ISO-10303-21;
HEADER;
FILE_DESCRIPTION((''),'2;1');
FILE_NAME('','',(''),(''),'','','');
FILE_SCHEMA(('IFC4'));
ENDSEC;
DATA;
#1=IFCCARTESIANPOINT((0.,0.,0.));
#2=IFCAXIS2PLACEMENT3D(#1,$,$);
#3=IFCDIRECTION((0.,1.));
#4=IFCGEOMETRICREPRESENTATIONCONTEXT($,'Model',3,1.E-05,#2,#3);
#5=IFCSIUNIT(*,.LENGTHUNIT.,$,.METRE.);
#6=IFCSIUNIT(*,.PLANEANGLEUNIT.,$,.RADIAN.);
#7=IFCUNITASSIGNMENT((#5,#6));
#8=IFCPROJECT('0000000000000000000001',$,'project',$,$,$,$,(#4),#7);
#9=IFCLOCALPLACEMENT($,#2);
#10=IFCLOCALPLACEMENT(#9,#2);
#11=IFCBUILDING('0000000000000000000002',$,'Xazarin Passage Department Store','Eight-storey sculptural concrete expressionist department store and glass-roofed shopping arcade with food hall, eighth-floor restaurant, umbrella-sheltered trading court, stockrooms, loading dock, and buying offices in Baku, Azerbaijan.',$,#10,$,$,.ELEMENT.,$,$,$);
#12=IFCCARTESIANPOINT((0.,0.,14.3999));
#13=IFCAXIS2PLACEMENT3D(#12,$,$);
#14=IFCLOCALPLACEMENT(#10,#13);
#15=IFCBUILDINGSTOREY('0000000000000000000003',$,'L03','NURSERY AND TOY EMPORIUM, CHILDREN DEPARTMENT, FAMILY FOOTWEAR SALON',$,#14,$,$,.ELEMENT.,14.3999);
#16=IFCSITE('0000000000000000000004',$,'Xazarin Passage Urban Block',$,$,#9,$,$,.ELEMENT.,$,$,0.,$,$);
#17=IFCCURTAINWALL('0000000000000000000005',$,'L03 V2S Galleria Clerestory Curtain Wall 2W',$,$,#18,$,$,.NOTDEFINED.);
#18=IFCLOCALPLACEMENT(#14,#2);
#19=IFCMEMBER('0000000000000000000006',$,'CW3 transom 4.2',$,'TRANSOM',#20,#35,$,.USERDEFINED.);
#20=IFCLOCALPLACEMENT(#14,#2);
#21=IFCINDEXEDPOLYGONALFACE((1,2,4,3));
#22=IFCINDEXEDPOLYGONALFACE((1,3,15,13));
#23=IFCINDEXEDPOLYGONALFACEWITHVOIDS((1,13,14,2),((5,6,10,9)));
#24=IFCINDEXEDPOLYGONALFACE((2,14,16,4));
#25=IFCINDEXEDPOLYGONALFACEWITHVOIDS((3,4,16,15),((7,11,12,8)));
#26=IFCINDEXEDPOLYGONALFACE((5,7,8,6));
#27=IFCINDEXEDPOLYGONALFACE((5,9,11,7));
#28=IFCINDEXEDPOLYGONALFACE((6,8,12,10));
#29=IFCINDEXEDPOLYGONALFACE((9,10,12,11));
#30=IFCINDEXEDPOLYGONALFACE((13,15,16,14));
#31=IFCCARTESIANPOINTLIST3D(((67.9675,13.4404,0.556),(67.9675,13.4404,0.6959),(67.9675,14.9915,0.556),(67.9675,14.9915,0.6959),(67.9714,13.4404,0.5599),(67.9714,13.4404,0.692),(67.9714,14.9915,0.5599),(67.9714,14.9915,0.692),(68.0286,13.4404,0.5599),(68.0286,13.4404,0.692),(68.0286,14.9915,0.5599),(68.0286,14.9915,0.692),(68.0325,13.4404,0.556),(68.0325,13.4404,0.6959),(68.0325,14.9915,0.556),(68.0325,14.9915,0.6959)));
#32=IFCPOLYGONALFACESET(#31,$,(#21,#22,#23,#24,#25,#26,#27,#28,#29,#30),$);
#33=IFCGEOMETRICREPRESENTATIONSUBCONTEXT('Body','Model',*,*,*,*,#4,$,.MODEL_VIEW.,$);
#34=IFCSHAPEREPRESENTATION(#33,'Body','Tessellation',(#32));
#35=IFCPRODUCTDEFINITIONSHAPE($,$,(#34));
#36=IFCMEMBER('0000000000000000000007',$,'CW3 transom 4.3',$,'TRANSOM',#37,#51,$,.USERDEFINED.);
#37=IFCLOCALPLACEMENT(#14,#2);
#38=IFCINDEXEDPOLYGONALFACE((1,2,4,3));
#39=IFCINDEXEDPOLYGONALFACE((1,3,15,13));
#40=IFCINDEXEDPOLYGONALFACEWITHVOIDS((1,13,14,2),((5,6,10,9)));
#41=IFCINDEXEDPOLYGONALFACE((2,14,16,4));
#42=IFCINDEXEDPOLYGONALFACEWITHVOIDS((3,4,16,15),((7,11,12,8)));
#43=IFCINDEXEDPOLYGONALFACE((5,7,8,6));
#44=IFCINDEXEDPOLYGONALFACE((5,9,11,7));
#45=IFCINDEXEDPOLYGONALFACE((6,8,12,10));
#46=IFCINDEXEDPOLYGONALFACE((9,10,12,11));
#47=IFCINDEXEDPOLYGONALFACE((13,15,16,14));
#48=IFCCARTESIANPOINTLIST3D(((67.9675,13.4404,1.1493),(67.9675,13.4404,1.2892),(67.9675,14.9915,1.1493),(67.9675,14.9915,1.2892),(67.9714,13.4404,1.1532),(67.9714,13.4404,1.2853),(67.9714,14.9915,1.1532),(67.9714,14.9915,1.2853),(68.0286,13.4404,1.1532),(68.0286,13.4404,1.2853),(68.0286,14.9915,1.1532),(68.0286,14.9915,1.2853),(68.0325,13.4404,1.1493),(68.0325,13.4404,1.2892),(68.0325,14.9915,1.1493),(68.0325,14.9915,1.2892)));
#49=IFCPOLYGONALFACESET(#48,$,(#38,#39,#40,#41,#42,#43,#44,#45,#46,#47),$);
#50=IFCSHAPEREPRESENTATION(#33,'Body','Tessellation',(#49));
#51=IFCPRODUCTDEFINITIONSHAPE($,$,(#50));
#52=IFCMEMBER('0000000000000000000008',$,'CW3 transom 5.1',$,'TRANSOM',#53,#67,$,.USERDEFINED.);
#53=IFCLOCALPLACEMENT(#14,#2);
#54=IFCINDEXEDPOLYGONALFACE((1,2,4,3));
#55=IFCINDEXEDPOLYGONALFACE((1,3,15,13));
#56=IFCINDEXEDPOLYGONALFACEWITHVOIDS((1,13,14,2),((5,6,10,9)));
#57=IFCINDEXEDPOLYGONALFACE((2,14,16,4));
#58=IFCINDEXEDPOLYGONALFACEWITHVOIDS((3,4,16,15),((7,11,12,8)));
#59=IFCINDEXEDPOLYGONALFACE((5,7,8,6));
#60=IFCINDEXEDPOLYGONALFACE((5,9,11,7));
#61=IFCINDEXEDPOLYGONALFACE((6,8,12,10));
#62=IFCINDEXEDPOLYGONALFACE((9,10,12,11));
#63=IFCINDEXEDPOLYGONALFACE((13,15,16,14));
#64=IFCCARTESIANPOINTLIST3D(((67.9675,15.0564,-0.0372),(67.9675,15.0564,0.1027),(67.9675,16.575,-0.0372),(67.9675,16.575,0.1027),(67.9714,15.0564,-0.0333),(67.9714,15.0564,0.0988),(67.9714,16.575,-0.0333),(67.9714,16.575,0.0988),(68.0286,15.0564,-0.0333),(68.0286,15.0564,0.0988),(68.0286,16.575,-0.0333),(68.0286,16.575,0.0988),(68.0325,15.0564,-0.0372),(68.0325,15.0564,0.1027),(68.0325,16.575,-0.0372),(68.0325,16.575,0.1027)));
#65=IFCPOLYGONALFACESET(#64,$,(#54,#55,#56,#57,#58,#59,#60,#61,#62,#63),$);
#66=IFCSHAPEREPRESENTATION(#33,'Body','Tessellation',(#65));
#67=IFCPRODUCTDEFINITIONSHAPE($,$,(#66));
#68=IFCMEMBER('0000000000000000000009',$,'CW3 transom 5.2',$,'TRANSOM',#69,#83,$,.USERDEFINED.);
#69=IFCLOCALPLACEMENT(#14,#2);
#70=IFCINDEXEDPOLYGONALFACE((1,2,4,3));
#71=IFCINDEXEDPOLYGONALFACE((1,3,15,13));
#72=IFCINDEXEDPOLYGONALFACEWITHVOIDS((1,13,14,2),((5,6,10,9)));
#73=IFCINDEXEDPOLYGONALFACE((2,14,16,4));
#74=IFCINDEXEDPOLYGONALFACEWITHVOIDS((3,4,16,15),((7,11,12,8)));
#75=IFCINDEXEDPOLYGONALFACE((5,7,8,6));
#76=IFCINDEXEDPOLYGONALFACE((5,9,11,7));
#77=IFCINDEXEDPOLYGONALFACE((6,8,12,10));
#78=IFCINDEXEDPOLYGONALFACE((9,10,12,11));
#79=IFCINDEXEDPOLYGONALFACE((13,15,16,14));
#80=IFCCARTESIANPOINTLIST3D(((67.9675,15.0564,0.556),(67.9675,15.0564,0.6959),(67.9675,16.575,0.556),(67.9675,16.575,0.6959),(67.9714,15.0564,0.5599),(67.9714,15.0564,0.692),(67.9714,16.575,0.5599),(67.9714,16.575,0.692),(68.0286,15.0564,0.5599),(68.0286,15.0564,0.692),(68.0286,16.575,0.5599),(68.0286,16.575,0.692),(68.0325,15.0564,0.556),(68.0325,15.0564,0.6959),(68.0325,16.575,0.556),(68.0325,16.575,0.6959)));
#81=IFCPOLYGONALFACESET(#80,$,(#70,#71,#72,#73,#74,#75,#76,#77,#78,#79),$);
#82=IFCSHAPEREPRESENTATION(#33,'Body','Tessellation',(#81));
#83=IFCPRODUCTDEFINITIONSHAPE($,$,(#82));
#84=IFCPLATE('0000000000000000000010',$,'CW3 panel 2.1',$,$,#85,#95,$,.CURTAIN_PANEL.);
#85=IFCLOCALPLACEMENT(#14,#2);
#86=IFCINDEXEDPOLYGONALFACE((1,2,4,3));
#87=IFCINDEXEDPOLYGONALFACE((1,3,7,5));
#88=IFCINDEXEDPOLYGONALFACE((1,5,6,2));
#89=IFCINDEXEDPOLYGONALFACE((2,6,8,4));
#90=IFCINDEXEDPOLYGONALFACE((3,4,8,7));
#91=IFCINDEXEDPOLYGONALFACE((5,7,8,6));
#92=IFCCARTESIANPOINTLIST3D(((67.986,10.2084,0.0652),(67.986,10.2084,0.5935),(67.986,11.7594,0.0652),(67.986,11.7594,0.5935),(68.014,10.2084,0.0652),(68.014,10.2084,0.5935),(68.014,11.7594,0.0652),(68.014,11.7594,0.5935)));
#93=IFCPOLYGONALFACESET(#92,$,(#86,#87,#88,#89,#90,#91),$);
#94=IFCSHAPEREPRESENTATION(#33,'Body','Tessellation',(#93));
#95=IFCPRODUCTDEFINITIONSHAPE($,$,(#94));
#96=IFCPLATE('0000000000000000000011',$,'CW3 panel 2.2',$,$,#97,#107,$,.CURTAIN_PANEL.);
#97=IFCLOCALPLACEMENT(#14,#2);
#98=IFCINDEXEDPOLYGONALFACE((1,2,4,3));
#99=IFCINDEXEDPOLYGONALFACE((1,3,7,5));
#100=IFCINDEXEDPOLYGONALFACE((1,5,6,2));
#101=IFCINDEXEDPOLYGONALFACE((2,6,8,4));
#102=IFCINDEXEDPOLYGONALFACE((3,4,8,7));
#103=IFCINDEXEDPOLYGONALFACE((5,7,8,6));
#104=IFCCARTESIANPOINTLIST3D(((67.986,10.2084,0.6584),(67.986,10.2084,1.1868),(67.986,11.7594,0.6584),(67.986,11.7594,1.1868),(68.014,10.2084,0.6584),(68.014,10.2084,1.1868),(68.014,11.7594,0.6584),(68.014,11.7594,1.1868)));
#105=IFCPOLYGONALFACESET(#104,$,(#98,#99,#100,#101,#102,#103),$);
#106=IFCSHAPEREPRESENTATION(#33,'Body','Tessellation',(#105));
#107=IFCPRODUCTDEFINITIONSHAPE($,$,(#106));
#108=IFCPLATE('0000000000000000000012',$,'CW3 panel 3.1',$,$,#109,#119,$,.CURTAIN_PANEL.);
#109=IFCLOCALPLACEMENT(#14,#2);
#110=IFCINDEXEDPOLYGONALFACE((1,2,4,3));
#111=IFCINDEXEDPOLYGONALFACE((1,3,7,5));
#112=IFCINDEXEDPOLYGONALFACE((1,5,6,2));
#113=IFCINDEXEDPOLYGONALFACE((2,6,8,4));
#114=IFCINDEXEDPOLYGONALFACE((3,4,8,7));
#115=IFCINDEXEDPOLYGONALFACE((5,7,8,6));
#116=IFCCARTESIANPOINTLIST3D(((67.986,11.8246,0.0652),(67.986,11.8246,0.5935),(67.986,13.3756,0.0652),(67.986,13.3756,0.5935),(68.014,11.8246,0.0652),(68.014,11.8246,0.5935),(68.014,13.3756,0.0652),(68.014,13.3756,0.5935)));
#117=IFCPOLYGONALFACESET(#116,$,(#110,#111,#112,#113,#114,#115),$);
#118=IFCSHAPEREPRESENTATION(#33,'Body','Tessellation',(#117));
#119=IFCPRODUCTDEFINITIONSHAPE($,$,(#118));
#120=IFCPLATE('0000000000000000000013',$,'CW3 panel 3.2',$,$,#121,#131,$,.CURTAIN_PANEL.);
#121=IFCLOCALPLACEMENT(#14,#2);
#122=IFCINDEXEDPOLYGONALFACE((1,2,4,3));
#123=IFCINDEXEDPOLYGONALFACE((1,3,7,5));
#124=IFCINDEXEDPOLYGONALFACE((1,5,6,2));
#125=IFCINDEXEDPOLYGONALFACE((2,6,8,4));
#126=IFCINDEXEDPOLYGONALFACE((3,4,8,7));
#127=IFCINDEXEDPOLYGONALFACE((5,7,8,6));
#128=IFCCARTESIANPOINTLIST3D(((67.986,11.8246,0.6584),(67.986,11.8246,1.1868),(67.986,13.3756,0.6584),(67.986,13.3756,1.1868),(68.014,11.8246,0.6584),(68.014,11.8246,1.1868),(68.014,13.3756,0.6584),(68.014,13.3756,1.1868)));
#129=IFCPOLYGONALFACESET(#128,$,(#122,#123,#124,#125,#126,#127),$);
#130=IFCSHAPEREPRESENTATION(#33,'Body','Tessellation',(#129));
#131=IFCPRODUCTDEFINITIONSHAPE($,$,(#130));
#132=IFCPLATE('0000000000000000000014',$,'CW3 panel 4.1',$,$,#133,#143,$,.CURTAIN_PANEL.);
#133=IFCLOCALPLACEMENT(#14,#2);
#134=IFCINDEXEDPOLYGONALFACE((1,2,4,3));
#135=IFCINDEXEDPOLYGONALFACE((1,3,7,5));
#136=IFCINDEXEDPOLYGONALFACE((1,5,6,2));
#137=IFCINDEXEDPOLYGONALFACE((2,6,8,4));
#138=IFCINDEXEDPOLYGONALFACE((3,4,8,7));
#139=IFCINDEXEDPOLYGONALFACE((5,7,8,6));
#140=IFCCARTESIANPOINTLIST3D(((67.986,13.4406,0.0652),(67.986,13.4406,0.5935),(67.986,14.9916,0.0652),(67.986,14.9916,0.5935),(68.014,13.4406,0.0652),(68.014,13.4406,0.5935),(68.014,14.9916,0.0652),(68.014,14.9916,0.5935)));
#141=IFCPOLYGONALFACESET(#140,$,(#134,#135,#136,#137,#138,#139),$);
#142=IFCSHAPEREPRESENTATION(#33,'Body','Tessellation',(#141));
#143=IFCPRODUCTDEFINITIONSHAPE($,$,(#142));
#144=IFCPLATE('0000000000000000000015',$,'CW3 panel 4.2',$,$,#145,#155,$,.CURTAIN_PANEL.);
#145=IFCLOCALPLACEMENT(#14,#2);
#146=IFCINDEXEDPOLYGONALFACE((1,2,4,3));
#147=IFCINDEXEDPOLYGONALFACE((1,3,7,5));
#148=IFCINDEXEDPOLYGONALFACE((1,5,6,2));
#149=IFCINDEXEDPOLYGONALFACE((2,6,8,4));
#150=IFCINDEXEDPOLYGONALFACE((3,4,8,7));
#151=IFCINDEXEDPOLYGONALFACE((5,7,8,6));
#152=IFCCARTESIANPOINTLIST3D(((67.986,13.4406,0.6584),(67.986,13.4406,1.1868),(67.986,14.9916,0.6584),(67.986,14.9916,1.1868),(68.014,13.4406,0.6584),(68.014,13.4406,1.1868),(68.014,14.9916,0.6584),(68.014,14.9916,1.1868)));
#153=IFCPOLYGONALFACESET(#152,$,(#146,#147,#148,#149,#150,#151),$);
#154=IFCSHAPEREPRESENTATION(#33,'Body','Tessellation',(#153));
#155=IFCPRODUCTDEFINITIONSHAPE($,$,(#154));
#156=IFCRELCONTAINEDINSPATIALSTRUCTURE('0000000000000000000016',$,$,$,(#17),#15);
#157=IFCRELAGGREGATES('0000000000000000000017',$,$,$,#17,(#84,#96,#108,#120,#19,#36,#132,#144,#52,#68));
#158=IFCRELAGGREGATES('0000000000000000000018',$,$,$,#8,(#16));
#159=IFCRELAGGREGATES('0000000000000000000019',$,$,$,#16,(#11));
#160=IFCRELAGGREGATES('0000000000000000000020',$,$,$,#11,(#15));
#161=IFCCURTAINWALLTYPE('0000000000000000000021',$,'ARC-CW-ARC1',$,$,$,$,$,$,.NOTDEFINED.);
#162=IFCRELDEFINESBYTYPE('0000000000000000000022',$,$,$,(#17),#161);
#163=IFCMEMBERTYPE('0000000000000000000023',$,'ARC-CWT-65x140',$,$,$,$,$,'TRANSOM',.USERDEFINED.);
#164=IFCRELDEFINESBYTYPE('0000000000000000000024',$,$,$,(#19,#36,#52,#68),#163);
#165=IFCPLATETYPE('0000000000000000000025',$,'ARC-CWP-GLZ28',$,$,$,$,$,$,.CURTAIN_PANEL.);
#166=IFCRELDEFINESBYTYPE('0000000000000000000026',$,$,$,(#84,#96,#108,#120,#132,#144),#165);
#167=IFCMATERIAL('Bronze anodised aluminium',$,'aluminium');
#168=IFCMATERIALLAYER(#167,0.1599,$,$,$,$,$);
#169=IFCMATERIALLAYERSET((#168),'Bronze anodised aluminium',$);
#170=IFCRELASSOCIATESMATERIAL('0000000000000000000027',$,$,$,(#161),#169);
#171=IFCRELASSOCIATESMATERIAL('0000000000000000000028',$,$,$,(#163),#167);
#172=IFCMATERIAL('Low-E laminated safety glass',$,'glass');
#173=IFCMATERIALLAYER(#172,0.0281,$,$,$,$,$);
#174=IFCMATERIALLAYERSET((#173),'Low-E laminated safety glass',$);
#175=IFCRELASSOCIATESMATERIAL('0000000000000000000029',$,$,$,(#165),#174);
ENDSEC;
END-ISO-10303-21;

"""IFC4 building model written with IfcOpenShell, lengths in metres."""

from ifc_helpers import new_model, si_unit, direction, frame, origin, origin_2d, place, context, subcontext, project, spatial, rectangle, hollow_rectangle, extrude, material, layer, layer_set, material_profile, profile_set, type_object, element, aggregate, save


model = new_model("IFC4")

# Units and contexts
model_context = context("Model", 3, precision=1e-05, world=origin(), true_north=direction((0.0, 1.0)))
body_context = subcontext(model_context, "Body", "Model", "MODEL_VIEW")
ifc_project = project(units=[si_unit("LENGTHUNIT", "METRE"), si_unit("PLANEANGLEUNIT", "RADIAN")], contexts=[model_context])

# Site, building, storey
site_placement = place(None, origin())
site = spatial("IfcSite", under=ifc_project, at=site_placement, Name="Xazarin Passage Urban Block", CompositionType="ELEMENT", RefElevation=0.0)
building_placement = place(site_placement, origin())
building = spatial("IfcBuilding", under=site, at=building_placement, Name="Xazarin Passage Department Store", Description="Eight-storey sculptural concrete expressionist department store and glass-roofed shopping arcade with food hall, eighth-floor restaurant, umbrella-sheltered trading court, stockrooms, loading dock, and buying offices in Baku, Azerbaijan.", CompositionType="ELEMENT")
storey_placement = place(building_placement, frame((0.0, 0.0, 14.3999)))
storey = spatial("IfcBuildingStorey", under=building, at=storey_placement, Name="L03", Description="NURSERY AND TOY EMPORIUM, CHILDREN DEPARTMENT, FAMILY FOOTWEAR SALON", CompositionType="ELEMENT", Elevation=14.3999)

# Curtain wall, members, plates
ifc_material_1 = material(Name="Bronze anodised aluminium", Category="aluminium")
ifc_layer_1 = layer(ifc_material_1, 0.1599)
ifc_layer_set_1 = layer_set([ifc_layer_1], Name="Bronze anodised aluminium")
curtain_wall_type = type_object("IfcCurtainWallType", Name="ARC-CW-ARC1", PredefinedType="NOTDEFINED", material=ifc_layer_set_1)
curtain_wall_placement = place(storey_placement, origin())
curtain_wall = element("IfcCurtainWall", 1, at=curtain_wall_placement, inside=storey, type_object=curtain_wall_type, Name="L03 V2S Galleria Clerestory Curtain Wall 2W", PredefinedType="NOTDEFINED")
ifc_material_profile_1 = material_profile(ifc_material_1, hollow_rectangle(XDim=0.0649, YDim=0.1399, WallThickness=0.0039, at=origin_2d()), Name="ALU 65x140")
ifc_profile_set_1 = profile_set([ifc_material_profile_1], Name="Bronze anodised aluminium")
member_type_1 = type_object("IfcMemberType", Name="ARC-CWT-65x140", ElementType="TRANSOM", PredefinedType="USERDEFINED", material=ifc_profile_set_1)
member_1_placement = place(storey_placement, frame((68.0, 13.4404, 0.626), z_axis=(0.0, 1.0, 0.0), x_axis=(-1.0, 0.0, 0.0)))
member_1 = element("IfcMember", 2, at=member_1_placement, type_object=member_type_1, Name="CW3 transom 4.2", ObjectType="TRANSOM", PredefinedType="USERDEFINED", context=body_context, shape_type="SweptSolid", body=[
    extrude(hollow_rectangle(XDim=0.0649, YDim=0.1399, WallThickness=0.0039, at=origin_2d()), origin(), (0.0, 0.0, 1.0), 1.551),
])
member_2_placement = place(storey_placement, frame((68.0, 13.4404, 1.2192), z_axis=(0.0, 1.0, 0.0), x_axis=(-1.0, 0.0, 0.0)))
member_2 = element("IfcMember", 3, at=member_2_placement, type_object=member_type_1, Name="CW3 transom 4.3", ObjectType="TRANSOM", PredefinedType="USERDEFINED", context=body_context, shape_type="SweptSolid", body=[
    extrude(hollow_rectangle(XDim=0.0649, YDim=0.1399, WallThickness=0.0039, at=origin_2d()), origin(), (0.0, 0.0, 1.0), 1.551),
])
member_3_placement = place(storey_placement, frame((68.0, 15.0564, 0.0327), z_axis=(0.0, 1.0, 0.0), x_axis=(-1.0, 0.0, 0.0)))
member_3 = element("IfcMember", 4, at=member_3_placement, type_object=member_type_1, Name="CW3 transom 5.1", ObjectType="TRANSOM", PredefinedType="USERDEFINED", context=body_context, shape_type="SweptSolid", body=[
    extrude(hollow_rectangle(XDim=0.0649, YDim=0.1399, WallThickness=0.0039, at=origin_2d()), origin(), (0.0, 0.0, 1.0), 1.5186),
])
member_4_placement = place(storey_placement, frame((68.0, 15.0564, 0.626), z_axis=(0.0, 1.0, 0.0), x_axis=(-1.0, 0.0, 0.0)))
member_4 = element("IfcMember", 5, at=member_4_placement, type_object=member_type_1, Name="CW3 transom 5.2", ObjectType="TRANSOM", PredefinedType="USERDEFINED", context=body_context, shape_type="SweptSolid", body=[
    extrude(hollow_rectangle(XDim=0.0649, YDim=0.1399, WallThickness=0.0039, at=origin_2d()), origin(), (0.0, 0.0, 1.0), 1.5186),
])
ifc_material_2 = material(Name="Low-E laminated safety glass", Category="glass")
ifc_layer_2 = layer(ifc_material_2, 0.0281)
ifc_layer_set_2 = layer_set([ifc_layer_2], Name="Low-E laminated safety glass")
plate_type = type_object("IfcPlateType", Name="ARC-CWP-GLZ28", PredefinedType="CURTAIN_PANEL", material=ifc_layer_set_2)
plate_1_placement = place(storey_placement, frame((68.0, 10.9839, 0.0652), z_axis=(0.0, 0.0, 1.0), x_axis=(0.0, 1.0, 0.0)))
plate_1 = element("IfcPlate", 6, at=plate_1_placement, type_object=plate_type, Name="CW3 panel 2.1", PredefinedType="CURTAIN_PANEL", context=body_context, shape_type="SweptSolid", body=[
    extrude(rectangle(XDim=1.551, YDim=0.0281, at=origin_2d()), origin(), (0.0, 0.0, 1.0), 0.5283),
])
plate_2_placement = place(storey_placement, frame((68.0, 10.9839, 0.6584), z_axis=(0.0, 0.0, 1.0), x_axis=(0.0, 1.0, 0.0)))
plate_2 = element("IfcPlate", 7, at=plate_2_placement, type_object=plate_type, Name="CW3 panel 2.2", PredefinedType="CURTAIN_PANEL", context=body_context, shape_type="SweptSolid", body=[
    extrude(rectangle(XDim=1.551, YDim=0.0281, at=origin_2d()), origin(), (0.0, 0.0, 1.0), 0.5283),
])
plate_3_placement = place(storey_placement, frame((68.0, 12.6001, 0.0652), z_axis=(0.0, 0.0, 1.0), x_axis=(0.0, 1.0, 0.0)))
plate_3 = element("IfcPlate", 8, at=plate_3_placement, type_object=plate_type, Name="CW3 panel 3.1", PredefinedType="CURTAIN_PANEL", context=body_context, shape_type="SweptSolid", body=[
    extrude(rectangle(XDim=1.551, YDim=0.0281, at=origin_2d()), origin(), (0.0, 0.0, 1.0), 0.5283),
])
plate_4_placement = place(storey_placement, frame((68.0, 12.6001, 0.6584), z_axis=(0.0, 0.0, 1.0), x_axis=(0.0, 1.0, 0.0)))
plate_4 = element("IfcPlate", 9, at=plate_4_placement, type_object=plate_type, Name="CW3 panel 3.2", PredefinedType="CURTAIN_PANEL", context=body_context, shape_type="SweptSolid", body=[
    extrude(rectangle(XDim=1.551, YDim=0.0281, at=origin_2d()), origin(), (0.0, 0.0, 1.0), 0.5283),
])
plate_5_placement = place(storey_placement, frame((68.0, 14.2161, 0.0652), z_axis=(0.0, 0.0, 1.0), x_axis=(0.0, 1.0, 0.0)))
plate_5 = element("IfcPlate", 10, at=plate_5_placement, type_object=plate_type, Name="CW3 panel 4.1", PredefinedType="CURTAIN_PANEL", context=body_context, shape_type="SweptSolid", body=[
    extrude(rectangle(XDim=1.551, YDim=0.0281, at=origin_2d()), origin(), (0.0, 0.0, 1.0), 0.5283),
])
plate_6_placement = place(storey_placement, frame((68.0, 14.2161, 0.6584), z_axis=(0.0, 0.0, 1.0), x_axis=(0.0, 1.0, 0.0)))
plate_6 = element("IfcPlate", 11, at=plate_6_placement, type_object=plate_type, Name="CW3 panel 4.2", PredefinedType="CURTAIN_PANEL", context=body_context, shape_type="SweptSolid", body=[
    extrude(rectangle(XDim=1.551, YDim=0.0281, at=origin_2d()), origin(), (0.0, 0.0, 1.0), 0.5283),
])
aggregate(curtain_wall, [plate_1, plate_2, plate_3, plate_4, member_1, member_2, plate_5, plate_6, member_3, member_4])

save(model, "model.ifc")
